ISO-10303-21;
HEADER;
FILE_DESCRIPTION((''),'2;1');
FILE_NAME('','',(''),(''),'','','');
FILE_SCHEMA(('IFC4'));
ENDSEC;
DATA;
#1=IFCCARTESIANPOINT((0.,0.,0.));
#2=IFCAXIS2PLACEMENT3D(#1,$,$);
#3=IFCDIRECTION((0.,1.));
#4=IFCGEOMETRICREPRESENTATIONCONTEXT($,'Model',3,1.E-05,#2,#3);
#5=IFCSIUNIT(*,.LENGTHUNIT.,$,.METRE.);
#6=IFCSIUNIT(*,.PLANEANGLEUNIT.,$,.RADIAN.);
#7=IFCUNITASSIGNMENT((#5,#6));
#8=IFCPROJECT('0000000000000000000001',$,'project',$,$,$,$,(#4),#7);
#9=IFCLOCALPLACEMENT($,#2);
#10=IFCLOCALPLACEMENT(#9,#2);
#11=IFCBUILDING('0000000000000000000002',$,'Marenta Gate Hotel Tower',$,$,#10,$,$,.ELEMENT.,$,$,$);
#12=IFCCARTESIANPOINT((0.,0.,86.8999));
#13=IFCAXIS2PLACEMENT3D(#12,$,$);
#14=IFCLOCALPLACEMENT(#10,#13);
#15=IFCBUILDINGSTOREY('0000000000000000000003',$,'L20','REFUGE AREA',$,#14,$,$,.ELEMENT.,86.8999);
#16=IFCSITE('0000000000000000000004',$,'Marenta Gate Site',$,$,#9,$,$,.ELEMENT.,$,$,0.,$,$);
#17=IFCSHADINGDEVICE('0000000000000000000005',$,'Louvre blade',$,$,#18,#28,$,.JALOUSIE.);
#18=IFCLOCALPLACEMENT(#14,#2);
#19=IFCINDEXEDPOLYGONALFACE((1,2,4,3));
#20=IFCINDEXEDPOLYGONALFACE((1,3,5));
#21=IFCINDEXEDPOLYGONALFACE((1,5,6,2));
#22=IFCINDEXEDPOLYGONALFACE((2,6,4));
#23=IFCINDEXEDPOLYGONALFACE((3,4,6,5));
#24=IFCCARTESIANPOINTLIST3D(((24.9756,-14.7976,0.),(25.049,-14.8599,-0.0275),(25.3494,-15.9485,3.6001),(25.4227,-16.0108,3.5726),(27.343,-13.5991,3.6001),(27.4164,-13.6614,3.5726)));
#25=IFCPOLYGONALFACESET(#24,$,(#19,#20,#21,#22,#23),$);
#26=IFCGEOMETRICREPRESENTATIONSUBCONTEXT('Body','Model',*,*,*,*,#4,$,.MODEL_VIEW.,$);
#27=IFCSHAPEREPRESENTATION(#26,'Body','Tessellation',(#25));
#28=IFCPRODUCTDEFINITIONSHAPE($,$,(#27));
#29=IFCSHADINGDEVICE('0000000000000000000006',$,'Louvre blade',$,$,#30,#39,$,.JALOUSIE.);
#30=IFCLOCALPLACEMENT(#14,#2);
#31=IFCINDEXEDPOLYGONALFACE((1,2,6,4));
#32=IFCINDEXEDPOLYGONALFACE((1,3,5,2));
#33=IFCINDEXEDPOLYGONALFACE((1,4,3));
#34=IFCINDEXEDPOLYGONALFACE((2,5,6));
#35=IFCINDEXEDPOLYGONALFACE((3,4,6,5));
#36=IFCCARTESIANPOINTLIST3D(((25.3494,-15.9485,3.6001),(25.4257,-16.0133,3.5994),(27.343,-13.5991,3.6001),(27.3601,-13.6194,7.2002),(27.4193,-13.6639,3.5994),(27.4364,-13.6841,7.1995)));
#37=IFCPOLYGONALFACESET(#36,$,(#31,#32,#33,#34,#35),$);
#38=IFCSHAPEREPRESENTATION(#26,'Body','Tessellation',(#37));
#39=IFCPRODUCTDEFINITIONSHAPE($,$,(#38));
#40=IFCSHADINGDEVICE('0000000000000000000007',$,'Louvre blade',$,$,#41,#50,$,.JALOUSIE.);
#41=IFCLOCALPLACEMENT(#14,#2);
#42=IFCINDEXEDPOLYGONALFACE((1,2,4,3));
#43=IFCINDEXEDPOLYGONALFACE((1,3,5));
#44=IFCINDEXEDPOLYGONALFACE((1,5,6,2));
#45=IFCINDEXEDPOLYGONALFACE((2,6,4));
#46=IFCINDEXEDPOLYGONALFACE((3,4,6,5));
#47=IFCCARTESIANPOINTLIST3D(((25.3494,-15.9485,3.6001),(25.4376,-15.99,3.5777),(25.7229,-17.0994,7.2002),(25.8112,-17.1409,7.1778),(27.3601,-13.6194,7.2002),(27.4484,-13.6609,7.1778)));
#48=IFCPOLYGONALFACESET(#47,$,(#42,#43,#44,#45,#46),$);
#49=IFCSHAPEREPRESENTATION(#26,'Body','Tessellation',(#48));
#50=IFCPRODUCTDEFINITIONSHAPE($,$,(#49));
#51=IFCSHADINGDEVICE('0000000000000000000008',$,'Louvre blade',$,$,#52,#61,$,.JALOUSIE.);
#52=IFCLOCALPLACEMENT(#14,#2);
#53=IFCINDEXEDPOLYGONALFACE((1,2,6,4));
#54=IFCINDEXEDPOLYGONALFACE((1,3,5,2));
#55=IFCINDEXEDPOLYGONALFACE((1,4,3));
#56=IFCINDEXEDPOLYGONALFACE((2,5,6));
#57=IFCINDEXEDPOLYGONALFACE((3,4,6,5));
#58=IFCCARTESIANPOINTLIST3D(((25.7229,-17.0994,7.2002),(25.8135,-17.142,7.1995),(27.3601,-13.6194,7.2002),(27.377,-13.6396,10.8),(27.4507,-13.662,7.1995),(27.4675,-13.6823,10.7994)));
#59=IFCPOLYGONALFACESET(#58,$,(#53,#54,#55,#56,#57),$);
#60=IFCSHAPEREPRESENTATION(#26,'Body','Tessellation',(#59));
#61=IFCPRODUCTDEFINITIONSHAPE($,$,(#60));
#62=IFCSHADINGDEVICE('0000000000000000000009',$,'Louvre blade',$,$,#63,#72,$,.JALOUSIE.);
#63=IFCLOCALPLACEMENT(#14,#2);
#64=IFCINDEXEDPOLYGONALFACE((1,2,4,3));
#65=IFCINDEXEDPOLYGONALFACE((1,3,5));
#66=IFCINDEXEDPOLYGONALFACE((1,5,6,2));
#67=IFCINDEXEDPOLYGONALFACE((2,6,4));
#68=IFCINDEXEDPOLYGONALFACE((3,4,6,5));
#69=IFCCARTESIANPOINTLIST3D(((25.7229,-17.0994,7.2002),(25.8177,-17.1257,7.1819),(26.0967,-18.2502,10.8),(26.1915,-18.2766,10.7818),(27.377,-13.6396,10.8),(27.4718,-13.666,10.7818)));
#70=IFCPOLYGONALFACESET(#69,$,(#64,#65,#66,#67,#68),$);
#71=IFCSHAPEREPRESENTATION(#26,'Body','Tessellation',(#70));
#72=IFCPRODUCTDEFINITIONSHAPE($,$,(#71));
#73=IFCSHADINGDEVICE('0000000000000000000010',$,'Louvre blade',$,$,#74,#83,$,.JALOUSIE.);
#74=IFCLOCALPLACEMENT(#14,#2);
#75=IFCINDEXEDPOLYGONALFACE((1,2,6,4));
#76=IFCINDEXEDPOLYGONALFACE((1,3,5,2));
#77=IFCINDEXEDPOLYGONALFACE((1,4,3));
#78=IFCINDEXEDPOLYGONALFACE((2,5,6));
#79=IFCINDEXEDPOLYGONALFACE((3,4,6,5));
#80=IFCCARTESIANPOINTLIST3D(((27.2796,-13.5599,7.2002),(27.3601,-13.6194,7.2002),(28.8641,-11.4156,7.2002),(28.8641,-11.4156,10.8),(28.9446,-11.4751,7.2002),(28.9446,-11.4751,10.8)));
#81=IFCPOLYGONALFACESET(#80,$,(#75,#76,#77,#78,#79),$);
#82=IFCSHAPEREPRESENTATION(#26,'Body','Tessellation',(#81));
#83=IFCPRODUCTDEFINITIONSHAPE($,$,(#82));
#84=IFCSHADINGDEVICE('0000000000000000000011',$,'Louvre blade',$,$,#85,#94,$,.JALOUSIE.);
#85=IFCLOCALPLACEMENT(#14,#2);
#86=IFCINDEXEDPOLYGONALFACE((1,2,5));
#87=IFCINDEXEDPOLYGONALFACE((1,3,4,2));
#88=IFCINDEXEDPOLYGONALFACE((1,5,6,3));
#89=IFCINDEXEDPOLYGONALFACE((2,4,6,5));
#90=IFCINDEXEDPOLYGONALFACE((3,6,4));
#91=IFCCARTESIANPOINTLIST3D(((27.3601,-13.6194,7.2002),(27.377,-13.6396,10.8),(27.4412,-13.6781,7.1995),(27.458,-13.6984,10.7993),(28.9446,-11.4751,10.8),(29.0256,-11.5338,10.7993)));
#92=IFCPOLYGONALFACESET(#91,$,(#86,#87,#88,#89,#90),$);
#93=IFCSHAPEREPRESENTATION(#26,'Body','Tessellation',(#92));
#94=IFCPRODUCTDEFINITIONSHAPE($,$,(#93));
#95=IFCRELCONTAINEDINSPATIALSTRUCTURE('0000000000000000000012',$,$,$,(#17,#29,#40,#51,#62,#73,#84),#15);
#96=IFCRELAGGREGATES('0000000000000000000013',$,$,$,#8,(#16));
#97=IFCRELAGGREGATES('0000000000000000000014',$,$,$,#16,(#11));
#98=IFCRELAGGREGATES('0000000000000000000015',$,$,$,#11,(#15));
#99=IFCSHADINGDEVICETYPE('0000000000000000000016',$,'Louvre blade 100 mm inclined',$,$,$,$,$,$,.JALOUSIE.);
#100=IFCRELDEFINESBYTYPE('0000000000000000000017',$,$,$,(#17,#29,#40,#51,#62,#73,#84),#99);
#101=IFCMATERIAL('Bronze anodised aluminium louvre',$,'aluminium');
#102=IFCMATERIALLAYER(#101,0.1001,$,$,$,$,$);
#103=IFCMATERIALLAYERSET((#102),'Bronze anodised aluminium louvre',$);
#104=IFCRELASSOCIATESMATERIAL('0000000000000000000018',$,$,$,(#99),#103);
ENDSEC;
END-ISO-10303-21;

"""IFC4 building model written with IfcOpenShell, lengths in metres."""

from ifc_helpers import new_model, si_unit, direction, frame, origin, place, context, subcontext, project, spatial, polyline, outline, extrude, material, layer, layer_set, type_object, element, save


model = new_model("IFC4")

# Units and contexts
model_context = context("Model", 3, precision=1e-05, world=origin(), true_north=direction((0.0, 1.0)))
body_context = subcontext(model_context, "Body", "Model", "MODEL_VIEW")
ifc_project = project(units=[si_unit("LENGTHUNIT", "METRE"), si_unit("PLANEANGLEUNIT", "RADIAN")], contexts=[model_context])

# Site, building, storey
site_placement = place(None, origin())
site = spatial("IfcSite", under=ifc_project, at=site_placement, Name="Marenta Gate Site", CompositionType="ELEMENT", RefElevation=0.0)
building_placement = place(site_placement, origin())
building = spatial("IfcBuilding", under=site, at=building_placement, Name="Marenta Gate Hotel Tower", CompositionType="ELEMENT")
storey_placement = place(building_placement, frame((0.0, 0.0, 86.8999)))
storey = spatial("IfcBuildingStorey", under=building, at=storey_placement, Name="L20", Description="REFUGE AREA", CompositionType="ELEMENT", Elevation=86.8999)

# Shading devices
ifc_material_1 = material(Name="Bronze anodised aluminium louvre", Category="aluminium")
ifc_layer = layer(ifc_material_1, 0.1001)
ifc_layer_set = layer_set([ifc_layer], Name="Bronze anodised aluminium louvre")
shading_device_type = type_object("IfcShadingDeviceType", Name="Louvre blade 100 mm inclined", PredefinedType="JALOUSIE", material=ifc_layer_set)
shading_device_1_placement = place(storey_placement, frame((24.9756, -14.7976, 0.0), z_axis=(-0.733076, 0.622082, 0.274979), x_axis=(0.52935, 0.267978, 0.80497)))
element("IfcShadingDevice", 1, at=shading_device_1_placement, inside=storey, type_object=shading_device_type, Name="Louvre blade", PredefinedType="JALOUSIE", context=body_context, shape_type="SweptSolid", body=[
    extrude(outline(polyline([(0.0, 0.0), (4.4723, 0.0), (2.7874, -2.5798), (0.0, 0.0)])), origin(), (0.0, 0.0, -1.0), 0.1001),
])
shading_device_2_placement = place(storey_placement, frame((25.3494, -15.9485, 3.6001), z_axis=(-0.762449, 0.647008, 0.007261), x_axis=(0.647025, 0.762469, 0.0)))
element("IfcShadingDevice", 2, at=shading_device_2_placement, inside=storey, type_object=shading_device_type, Name="Louvre blade", PredefinedType="JALOUSIE", context=body_context, shape_type="SweptSolid", body=[
    extrude(outline(polyline([(0.0, 0.0), (3.0813, 0.0), (3.0769, -3.6002), (0.0, 0.0)])), origin(), (0.0, 0.0, -1.0), 0.1001),
])
shading_device_3_placement = place(storey_placement, frame((25.3494, -15.9485, 3.6001), z_axis=(-0.881843, 0.414876, 0.224125), x_axis=(0.424577, 0.4918, 0.760176)))
element("IfcShadingDevice", 3, at=shading_device_3_placement, inside=storey, type_object=shading_device_type, Name="Louvre blade", PredefinedType="JALOUSIE", context=body_context, shape_type="SweptSolid", body=[
    extrude(outline(polyline([(0.0, 0.0), (4.7359, 0.0), (2.3293, -2.9999), (0.0, 0.0)])), origin(), (0.0, 0.0, -1.0), 0.1001),
])
shading_device_4_placement = place(storey_placement, frame((25.7229, -17.0994, 7.2002), z_axis=(-0.904842, 0.425696, 0.006631), x_axis=(0.425705, 0.904862, 0.0)))
element("IfcShadingDevice", 4, at=shading_device_4_placement, inside=storey, type_object=shading_device_type, Name="Louvre blade", PredefinedType="JALOUSIE", context=body_context, shape_type="SweptSolid", body=[
    extrude(outline(polyline([(0.0, 0.0), (3.8459, 0.0), (3.8347, -3.5999), (0.0, 0.0)])), origin(), (0.0, 0.0, -1.0), 0.1001),
])
shading_device_5_placement = place(storey_placement, frame((25.7229, -17.0994, 7.2002), z_axis=(-0.947366, 0.263065, 0.182469), x_axis=(0.314476, 0.657778, 0.684421)))
element("IfcShadingDevice", 5, at=shading_device_5_placement, inside=storey, type_object=shading_device_type, Name="Louvre blade", PredefinedType="JALOUSIE", context=body_context, shape_type="SweptSolid", body=[
    extrude(outline(polyline([(0.0, 0.0), (5.2597, 0.0), (1.8243, -3.3309), (0.0, 0.0)])), origin(), (0.0, 0.0, -1.0), 0.1001),
])
shading_device_6_placement = place(storey_placement, frame((27.3601, -13.6194, 7.2002), z_axis=(0.804254, -0.594285, 0.0), x_axis=(0.594285, 0.804254, 0.0)))
element("IfcShadingDevice", 6, at=shading_device_6_placement, inside=storey, type_object=shading_device_type, Name="Louvre blade", PredefinedType="JALOUSIE", context=body_context, shape_type="SweptSolid", body=[
    extrude(outline(polyline([(0.0, 0.0), (2.6662, 0.0), (2.6662, 3.5999), (0.0, 0.0)])), origin(), (0.0, 0.0, -1.0), 0.1001),
])
shading_device_7_placement = place(storey_placement, frame((27.3601, -13.6194, 7.2002), z_axis=(-0.809887, 0.586543, 0.007092), x_axis=(0.353703, 0.478671, 0.803597)))
element("IfcShadingDevice", 7, at=shading_device_7_placement, inside=storey, type_object=shading_device_type, Name="Louvre blade", PredefinedType="JALOUSIE", context=body_context, shape_type="SweptSolid", body=[
    extrude(outline(polyline([(0.0, 0.0), (4.4797, 0.0), (2.8891, -2.1477), (0.0, 0.0)])), origin(), (0.0, 0.0, -1.0), 0.1001),
])

save(model, "model.ifc")
